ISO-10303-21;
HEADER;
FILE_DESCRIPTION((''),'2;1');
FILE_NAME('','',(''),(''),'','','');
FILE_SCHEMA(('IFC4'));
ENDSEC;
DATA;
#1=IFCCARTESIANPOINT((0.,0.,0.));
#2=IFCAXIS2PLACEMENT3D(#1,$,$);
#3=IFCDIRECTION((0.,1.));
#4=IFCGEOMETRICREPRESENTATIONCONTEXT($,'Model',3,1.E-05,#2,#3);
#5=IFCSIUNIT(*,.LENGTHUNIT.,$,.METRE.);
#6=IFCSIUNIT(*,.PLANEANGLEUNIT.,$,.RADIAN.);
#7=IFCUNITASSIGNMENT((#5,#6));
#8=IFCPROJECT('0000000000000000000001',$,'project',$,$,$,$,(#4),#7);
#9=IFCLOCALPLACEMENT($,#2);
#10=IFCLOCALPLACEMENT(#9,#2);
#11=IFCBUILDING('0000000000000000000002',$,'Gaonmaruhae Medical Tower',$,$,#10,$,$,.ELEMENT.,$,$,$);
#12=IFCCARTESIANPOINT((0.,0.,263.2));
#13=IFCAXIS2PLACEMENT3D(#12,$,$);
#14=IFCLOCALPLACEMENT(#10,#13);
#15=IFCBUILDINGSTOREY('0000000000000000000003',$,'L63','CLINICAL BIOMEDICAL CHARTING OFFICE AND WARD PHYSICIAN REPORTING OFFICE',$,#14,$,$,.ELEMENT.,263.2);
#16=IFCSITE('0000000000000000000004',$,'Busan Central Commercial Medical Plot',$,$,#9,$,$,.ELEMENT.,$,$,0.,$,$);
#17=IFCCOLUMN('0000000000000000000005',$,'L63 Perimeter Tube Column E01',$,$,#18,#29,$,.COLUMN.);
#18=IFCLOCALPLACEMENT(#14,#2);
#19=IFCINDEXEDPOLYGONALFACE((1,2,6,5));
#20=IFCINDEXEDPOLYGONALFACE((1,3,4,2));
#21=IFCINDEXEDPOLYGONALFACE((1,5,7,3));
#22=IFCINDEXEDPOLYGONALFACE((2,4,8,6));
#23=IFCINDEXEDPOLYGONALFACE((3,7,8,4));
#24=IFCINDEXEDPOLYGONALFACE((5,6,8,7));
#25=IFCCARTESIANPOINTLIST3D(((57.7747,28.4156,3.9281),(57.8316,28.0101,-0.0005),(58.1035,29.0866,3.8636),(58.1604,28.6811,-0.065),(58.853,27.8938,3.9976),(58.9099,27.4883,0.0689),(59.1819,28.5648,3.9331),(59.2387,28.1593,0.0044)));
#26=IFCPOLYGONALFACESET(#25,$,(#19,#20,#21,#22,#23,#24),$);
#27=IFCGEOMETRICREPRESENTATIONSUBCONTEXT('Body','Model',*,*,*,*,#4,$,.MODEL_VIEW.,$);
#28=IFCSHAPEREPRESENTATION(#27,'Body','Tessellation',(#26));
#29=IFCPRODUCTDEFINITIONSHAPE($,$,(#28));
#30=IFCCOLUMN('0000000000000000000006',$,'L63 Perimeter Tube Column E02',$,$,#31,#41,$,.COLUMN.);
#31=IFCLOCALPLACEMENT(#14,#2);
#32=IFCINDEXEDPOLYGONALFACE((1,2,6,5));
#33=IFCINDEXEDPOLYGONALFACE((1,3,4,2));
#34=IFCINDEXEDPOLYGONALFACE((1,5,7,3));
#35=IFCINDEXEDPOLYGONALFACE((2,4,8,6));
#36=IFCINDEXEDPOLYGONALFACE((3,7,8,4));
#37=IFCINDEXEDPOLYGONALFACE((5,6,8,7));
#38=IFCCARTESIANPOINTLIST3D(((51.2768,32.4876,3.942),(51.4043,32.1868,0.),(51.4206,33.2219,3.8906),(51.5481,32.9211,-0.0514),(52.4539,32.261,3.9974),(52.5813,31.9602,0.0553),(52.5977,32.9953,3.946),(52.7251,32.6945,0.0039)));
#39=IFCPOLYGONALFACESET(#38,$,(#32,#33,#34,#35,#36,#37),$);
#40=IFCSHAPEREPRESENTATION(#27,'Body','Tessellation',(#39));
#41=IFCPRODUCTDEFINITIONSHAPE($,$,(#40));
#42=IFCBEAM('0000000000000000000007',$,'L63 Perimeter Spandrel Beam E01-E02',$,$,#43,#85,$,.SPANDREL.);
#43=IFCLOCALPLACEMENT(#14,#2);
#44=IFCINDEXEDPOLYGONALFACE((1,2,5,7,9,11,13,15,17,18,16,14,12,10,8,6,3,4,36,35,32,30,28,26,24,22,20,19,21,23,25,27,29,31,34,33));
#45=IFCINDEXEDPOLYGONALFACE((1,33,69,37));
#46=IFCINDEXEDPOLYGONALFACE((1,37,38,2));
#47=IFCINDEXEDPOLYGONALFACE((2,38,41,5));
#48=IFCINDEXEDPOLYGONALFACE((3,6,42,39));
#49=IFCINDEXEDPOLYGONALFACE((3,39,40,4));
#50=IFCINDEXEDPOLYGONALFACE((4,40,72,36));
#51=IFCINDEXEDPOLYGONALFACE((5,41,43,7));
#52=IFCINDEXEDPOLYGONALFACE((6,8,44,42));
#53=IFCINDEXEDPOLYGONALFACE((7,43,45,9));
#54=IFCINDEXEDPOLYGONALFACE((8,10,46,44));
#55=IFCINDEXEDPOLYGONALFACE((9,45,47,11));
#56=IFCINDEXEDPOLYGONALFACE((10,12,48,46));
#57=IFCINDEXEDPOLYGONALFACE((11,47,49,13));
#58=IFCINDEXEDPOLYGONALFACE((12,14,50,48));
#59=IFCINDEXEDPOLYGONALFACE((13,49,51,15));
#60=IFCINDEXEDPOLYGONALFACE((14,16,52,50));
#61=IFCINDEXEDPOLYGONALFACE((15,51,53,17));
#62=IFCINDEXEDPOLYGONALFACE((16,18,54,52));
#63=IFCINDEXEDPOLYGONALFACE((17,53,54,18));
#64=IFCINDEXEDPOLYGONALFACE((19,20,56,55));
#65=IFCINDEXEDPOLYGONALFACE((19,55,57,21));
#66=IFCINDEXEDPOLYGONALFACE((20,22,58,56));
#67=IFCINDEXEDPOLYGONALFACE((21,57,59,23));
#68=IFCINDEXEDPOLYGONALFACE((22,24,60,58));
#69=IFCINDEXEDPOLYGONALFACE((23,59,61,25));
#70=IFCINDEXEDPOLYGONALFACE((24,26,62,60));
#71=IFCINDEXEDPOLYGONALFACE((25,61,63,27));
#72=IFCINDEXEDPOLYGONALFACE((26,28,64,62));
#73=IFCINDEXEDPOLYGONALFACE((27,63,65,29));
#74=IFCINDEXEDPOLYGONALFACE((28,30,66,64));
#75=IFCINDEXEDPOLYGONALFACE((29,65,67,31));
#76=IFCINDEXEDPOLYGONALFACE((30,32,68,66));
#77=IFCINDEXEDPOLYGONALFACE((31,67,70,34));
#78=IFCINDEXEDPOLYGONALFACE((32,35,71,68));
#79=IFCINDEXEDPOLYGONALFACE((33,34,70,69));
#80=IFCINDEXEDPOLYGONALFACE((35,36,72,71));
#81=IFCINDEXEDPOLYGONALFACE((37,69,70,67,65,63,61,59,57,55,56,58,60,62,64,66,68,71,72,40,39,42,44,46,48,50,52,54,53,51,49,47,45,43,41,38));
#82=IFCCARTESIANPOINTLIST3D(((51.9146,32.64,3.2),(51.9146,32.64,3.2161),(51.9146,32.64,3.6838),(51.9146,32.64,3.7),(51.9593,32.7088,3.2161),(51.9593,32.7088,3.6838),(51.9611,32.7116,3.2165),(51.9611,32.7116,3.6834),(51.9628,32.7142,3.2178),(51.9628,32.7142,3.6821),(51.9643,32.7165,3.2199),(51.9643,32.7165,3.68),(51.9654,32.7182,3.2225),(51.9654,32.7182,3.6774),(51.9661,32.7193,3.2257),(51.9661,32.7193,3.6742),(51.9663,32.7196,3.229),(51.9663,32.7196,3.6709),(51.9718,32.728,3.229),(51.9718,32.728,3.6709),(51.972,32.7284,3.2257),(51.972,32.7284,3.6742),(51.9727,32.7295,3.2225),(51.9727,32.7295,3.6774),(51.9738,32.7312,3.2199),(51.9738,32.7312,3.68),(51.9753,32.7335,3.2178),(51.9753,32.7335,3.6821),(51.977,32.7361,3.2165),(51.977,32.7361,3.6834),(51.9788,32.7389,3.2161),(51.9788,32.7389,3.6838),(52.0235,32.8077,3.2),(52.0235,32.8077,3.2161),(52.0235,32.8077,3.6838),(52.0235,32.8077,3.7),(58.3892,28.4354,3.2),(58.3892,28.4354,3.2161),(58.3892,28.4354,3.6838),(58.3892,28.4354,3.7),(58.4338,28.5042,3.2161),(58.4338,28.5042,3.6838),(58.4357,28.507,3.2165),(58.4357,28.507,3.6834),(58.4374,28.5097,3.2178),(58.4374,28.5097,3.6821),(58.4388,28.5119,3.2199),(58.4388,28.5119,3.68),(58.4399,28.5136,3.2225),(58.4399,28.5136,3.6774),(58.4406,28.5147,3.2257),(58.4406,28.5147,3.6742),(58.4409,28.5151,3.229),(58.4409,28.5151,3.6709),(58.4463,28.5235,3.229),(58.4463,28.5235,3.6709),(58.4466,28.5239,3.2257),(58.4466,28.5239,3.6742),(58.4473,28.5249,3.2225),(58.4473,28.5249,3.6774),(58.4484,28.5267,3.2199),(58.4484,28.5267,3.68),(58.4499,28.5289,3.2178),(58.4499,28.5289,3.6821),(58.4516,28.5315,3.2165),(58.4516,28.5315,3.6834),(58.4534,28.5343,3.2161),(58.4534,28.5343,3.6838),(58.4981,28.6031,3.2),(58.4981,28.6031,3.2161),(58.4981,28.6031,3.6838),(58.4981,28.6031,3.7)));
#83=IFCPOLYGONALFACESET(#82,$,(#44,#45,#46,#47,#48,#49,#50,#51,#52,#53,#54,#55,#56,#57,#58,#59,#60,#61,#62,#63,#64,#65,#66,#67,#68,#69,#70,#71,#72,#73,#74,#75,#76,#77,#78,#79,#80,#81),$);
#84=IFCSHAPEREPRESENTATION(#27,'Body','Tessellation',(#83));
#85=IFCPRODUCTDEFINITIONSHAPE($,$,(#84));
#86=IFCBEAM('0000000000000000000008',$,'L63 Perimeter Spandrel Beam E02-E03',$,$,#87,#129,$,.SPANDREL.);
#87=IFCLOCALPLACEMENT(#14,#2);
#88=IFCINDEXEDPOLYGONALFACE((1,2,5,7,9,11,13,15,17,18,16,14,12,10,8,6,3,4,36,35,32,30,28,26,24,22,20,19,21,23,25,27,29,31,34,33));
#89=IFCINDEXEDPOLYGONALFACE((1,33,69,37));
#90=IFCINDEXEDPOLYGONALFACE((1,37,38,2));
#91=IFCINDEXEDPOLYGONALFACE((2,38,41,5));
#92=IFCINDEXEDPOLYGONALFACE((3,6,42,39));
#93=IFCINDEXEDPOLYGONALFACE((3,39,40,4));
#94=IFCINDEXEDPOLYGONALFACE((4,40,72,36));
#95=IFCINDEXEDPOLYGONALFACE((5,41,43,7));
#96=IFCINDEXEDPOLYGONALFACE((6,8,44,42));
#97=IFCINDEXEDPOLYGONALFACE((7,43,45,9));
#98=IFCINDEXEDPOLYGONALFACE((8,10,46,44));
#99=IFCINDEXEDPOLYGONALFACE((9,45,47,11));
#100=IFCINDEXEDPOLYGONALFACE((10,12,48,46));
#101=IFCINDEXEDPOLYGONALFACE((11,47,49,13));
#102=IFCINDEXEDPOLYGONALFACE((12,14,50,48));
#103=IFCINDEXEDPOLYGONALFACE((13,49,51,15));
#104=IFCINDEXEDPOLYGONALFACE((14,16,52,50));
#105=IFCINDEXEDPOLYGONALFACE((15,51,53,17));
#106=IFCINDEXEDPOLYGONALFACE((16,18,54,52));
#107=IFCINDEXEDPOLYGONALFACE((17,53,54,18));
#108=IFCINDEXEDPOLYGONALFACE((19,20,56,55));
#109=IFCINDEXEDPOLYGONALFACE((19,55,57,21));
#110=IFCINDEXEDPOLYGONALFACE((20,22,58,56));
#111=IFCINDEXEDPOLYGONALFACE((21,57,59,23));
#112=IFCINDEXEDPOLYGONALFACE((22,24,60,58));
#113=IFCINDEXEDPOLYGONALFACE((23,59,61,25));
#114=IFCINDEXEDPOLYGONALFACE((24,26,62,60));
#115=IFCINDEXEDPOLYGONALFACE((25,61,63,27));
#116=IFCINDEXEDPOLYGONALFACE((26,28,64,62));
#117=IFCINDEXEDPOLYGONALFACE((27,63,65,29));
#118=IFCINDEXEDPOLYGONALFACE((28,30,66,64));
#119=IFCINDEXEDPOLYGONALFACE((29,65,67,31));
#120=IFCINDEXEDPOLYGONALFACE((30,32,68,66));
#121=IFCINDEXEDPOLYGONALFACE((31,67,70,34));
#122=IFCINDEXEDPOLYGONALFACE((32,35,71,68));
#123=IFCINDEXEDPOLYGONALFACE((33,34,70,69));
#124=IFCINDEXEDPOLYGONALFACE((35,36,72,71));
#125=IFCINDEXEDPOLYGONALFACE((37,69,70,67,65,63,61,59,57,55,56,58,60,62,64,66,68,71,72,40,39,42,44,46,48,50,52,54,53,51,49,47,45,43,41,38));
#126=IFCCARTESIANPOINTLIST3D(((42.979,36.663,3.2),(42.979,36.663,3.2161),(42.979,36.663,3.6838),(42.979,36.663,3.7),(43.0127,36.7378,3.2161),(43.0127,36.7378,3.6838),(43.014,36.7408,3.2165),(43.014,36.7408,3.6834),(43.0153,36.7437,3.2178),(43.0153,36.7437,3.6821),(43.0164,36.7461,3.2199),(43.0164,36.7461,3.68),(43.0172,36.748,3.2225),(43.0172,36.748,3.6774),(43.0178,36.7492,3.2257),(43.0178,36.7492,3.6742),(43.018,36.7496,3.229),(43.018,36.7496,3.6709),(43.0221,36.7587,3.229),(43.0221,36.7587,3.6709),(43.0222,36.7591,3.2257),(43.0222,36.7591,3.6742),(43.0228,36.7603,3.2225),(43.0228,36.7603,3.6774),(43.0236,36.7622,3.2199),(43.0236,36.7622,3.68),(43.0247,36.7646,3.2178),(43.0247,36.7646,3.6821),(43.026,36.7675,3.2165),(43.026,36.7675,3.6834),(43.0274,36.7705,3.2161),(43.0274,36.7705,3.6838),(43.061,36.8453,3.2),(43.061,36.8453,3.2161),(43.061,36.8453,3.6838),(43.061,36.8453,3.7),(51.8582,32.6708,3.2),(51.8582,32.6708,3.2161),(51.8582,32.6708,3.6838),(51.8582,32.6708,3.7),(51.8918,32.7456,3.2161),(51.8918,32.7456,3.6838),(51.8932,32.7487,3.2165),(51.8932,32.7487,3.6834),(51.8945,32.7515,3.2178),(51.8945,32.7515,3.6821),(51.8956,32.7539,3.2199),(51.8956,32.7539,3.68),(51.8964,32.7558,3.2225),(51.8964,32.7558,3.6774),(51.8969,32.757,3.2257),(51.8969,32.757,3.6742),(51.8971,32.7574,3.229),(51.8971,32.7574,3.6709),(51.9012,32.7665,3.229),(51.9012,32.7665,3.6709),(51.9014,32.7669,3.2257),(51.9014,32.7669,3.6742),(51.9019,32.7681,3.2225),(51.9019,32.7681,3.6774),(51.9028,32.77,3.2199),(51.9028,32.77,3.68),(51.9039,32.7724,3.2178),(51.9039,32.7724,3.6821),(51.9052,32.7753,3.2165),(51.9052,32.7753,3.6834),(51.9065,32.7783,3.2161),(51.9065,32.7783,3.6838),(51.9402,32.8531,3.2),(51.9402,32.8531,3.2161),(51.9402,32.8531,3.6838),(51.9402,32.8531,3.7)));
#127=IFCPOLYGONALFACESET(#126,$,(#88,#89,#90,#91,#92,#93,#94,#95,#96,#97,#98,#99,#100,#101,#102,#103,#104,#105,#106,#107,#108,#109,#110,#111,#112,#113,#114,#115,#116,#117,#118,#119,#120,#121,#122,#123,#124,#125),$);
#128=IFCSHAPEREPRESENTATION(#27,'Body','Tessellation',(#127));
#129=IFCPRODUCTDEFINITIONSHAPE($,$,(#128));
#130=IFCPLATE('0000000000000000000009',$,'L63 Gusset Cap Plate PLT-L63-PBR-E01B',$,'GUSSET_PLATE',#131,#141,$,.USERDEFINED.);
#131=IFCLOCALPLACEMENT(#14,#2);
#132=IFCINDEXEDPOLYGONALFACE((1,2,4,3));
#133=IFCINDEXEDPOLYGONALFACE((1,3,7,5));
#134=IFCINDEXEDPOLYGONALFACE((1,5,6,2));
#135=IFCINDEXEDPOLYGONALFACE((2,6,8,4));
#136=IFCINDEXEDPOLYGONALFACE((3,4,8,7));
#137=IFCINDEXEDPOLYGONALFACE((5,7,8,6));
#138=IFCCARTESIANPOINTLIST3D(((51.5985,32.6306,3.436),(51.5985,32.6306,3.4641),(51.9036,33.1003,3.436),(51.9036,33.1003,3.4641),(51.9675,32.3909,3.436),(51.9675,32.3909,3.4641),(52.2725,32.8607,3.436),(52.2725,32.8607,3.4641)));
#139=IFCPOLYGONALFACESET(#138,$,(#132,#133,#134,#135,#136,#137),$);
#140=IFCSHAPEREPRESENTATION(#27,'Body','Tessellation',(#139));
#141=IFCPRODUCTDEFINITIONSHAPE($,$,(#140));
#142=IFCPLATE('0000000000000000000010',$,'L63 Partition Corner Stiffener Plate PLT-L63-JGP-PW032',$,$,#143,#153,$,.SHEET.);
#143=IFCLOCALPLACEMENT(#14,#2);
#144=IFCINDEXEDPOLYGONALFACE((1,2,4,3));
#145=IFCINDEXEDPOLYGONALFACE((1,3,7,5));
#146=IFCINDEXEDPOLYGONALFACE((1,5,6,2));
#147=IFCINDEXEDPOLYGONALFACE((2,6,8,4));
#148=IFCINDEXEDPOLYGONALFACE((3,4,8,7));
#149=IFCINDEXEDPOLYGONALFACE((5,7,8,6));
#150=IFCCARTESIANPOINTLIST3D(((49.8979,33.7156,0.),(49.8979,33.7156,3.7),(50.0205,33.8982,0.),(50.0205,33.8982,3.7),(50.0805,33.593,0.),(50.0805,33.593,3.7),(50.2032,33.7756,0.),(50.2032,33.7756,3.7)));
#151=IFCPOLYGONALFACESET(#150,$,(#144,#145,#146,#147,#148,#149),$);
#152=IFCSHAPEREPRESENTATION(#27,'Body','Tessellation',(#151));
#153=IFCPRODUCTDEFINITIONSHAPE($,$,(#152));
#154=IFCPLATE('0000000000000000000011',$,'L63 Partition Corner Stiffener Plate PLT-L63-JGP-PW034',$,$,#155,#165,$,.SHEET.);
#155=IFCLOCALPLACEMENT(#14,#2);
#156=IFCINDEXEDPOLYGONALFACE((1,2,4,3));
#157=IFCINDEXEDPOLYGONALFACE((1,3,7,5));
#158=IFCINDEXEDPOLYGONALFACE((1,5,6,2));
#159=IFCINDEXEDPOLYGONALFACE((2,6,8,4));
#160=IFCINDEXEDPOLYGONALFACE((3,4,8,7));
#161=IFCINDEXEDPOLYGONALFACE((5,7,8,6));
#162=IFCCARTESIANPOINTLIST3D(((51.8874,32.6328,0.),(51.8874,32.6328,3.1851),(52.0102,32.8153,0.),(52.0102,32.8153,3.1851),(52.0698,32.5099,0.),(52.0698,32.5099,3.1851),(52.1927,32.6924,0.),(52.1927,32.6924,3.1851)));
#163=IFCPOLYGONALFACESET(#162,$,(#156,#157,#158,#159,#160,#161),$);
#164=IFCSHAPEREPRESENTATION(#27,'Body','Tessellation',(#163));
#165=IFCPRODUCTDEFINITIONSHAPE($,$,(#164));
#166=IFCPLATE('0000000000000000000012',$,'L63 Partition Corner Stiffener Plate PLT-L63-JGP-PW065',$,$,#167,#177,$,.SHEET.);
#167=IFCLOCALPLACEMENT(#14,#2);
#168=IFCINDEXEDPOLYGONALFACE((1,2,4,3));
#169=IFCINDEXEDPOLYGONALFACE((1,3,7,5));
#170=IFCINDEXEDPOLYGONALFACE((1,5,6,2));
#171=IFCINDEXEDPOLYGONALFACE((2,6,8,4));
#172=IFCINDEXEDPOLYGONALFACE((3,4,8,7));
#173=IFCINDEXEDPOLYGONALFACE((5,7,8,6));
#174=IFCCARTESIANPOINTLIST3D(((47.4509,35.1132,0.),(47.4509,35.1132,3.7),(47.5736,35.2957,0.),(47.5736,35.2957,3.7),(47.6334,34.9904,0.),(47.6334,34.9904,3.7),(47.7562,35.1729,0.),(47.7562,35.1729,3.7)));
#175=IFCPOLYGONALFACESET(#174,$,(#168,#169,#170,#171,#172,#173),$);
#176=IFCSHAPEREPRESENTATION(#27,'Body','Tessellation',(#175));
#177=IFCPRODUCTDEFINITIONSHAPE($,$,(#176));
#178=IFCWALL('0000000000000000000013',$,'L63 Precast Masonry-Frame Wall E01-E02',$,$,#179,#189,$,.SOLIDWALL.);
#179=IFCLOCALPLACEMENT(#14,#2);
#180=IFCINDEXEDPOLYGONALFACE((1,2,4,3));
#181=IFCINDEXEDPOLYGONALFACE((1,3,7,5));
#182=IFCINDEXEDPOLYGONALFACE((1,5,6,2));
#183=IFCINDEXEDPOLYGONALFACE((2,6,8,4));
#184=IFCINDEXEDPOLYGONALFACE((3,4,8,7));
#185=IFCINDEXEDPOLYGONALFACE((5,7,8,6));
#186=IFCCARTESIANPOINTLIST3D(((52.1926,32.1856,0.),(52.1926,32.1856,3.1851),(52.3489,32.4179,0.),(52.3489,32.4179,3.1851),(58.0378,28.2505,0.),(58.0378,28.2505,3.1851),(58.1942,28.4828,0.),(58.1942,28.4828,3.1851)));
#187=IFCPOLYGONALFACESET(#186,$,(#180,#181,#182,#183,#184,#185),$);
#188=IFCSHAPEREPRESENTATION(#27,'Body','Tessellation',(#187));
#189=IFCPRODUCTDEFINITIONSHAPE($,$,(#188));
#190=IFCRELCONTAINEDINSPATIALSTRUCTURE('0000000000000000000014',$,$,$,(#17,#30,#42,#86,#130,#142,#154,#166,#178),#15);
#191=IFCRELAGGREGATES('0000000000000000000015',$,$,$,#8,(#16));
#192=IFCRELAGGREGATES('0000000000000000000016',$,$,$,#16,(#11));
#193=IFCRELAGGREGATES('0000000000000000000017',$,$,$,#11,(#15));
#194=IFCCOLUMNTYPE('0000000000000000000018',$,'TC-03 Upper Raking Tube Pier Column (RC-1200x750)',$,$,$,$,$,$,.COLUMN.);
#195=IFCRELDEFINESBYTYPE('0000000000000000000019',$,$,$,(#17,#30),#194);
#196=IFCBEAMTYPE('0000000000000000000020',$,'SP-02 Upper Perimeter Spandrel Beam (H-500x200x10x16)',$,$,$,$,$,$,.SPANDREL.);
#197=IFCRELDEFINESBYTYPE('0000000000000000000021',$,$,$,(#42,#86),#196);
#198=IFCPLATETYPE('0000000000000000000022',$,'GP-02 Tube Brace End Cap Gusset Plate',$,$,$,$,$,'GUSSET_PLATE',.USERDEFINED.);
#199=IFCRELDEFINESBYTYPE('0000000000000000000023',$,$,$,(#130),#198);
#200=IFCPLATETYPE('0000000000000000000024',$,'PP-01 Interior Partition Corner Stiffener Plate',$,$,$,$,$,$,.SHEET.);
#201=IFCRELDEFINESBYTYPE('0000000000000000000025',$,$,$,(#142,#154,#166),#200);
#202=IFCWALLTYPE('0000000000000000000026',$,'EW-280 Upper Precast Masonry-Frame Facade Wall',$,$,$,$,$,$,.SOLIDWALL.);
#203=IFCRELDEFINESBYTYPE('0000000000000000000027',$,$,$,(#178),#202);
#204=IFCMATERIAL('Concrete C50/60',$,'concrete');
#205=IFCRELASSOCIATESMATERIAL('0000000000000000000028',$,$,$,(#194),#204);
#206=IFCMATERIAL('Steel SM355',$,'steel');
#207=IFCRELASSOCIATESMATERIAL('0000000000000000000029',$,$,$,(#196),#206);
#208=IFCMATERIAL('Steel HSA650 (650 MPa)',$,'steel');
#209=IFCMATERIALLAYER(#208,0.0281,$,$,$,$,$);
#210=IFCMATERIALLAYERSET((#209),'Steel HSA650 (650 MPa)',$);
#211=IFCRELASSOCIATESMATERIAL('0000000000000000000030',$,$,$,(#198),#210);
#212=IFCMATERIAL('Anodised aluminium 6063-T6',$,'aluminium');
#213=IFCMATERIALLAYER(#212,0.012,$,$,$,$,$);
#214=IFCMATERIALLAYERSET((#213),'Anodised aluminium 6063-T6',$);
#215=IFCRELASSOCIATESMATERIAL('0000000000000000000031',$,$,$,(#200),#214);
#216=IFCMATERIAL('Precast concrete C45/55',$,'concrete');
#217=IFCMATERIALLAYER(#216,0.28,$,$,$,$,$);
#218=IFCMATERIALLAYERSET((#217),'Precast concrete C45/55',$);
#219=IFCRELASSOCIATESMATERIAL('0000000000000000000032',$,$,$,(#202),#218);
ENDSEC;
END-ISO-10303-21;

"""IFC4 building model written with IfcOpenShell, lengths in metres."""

from ifc_helpers import new_model, si_unit, direction, frame, frame_2d, origin, origin_2d, place, context, subcontext, project, spatial, rectangle, i_section, extrude, material, layer, layer_set, material_profile, profile_set, type_object, element, save


model = new_model("IFC4")

# Units and contexts
model_context = context("Model", 3, precision=1e-05, world=origin(), true_north=direction((0.0, 1.0)))
body_context = subcontext(model_context, "Body", "Model", "MODEL_VIEW")
ifc_project = project(units=[si_unit("LENGTHUNIT", "METRE"), si_unit("PLANEANGLEUNIT", "RADIAN")], contexts=[model_context])

# Site, building, storey
site_placement = place(None, origin())
site = spatial("IfcSite", under=ifc_project, at=site_placement, Name="Busan Central Commercial Medical Plot", CompositionType="ELEMENT", RefElevation=0.0)
building_placement = place(site_placement, origin())
building = spatial("IfcBuilding", under=site, at=building_placement, Name="Gaonmaruhae Medical Tower", CompositionType="ELEMENT")
storey_placement = place(building_placement, frame((0.0, 0.0, 263.2)))
storey = spatial("IfcBuildingStorey", under=building, at=storey_placement, Name="L63", Description="CLINICAL BIOMEDICAL CHARTING OFFICE AND WARD PHYSICIAN REPORTING OFFICE", CompositionType="ELEMENT", Elevation=263.2)

# Columns
ifc_material_1 = material(Name="Concrete C50/60", Category="concrete")
ifc_material_profile_1 = material_profile(ifc_material_1, rectangle(XDim=1.2, YDim=0.75, at=origin_2d()), Name="RC-1200x750")
ifc_profile_set_1 = profile_set([ifc_material_profile_1], Name="Concrete C50/60")
column_type = type_object("IfcColumnType", Name="TC-03 Upper Raking Tube Pier Column (RC-1200x750)", PredefinedType="COLUMN", material=ifc_profile_set_1)
column_1_placement = place(storey_placement, frame((58.5352, 28.0847, 0.002), z_axis=(-0.014401, 0.102663, 0.994612), x_axis=(0.898645, -0.434839, 0.057895)))
element("IfcColumn", 1, at=column_1_placement, inside=storey, type_object=column_type, Name="L63 Perimeter Tube Column E01", PredefinedType="COLUMN", context=body_context, shape_type="SweptSolid", body=[
    extrude(rectangle(XDim=1.2, YDim=0.75, at=origin_2d()), origin(), (0.0, 0.0, 1.0), 3.95),
])
column_2_placement = place(storey_placement, frame((52.0647, 32.4407, 0.002), z_axis=(-0.032218, 0.076038, 0.996584), x_axis=(0.980924, -0.188839, 0.04612)))
element("IfcColumn", 2, at=column_2_placement, inside=storey, type_object=column_type, Name="L63 Perimeter Tube Column E02", PredefinedType="COLUMN", context=body_context, shape_type="SweptSolid", body=[
    extrude(rectangle(XDim=1.2, YDim=0.75, at=origin_2d()), origin(), (0.0, 0.0, 1.0), 3.9556),
])

# Beams
ifc_material_2 = material(Name="Steel SM355", Category="steel")
ifc_material_profile_2 = material_profile(ifc_material_2, i_section(OverallWidth=0.2, OverallDepth=0.5, WebThickness=0.01, FlangeThickness=0.0161, FilletRadius=0.0129, at=origin_2d()), Name="H-500x200x10x16")
ifc_profile_set_2 = profile_set([ifc_material_profile_2], Name="Steel SM355")
beam_type = type_object("IfcBeamType", Name="SP-02 Upper Perimeter Spandrel Beam (H-500x200x10x16)", PredefinedType="SPANDREL", material=ifc_profile_set_2)
beam_1_placement = place(storey_placement, frame((58.4436, 28.5193, 3.45), z_axis=(-0.838675, 0.544633, 0.0), x_axis=(-0.544633, -0.838675, 0.0)))
element("IfcBeam", 3, at=beam_1_placement, inside=storey, type_object=beam_type, Name="L63 Perimeter Spandrel Beam E01-E02", PredefinedType="SPANDREL", context=body_context, shape_type="SweptSolid", body=[
    extrude(i_section(OverallWidth=0.2, OverallDepth=0.5, WebThickness=0.01, FlangeThickness=0.0161, FilletRadius=0.0129, at=origin_2d()), origin(), (0.0, 0.0, 1.0), 7.72),
])
beam_2_placement = place(storey_placement, frame((51.8992, 32.762, 3.45), z_axis=(-0.912053, 0.410072, 0.0), x_axis=(-0.410072, -0.912053, 0.0)))
element("IfcBeam", 4, at=beam_2_placement, inside=storey, type_object=beam_type, Name="L63 Perimeter Spandrel Beam E02-E03", PredefinedType="SPANDREL", context=body_context, shape_type="SweptSolid", body=[
    extrude(i_section(OverallWidth=0.2, OverallDepth=0.5, WebThickness=0.01, FlangeThickness=0.0161, FilletRadius=0.0129, at=origin_2d()), origin(), (0.0, 0.0, 1.0), 9.7354),
])

# Plates
ifc_material_3 = material(Name="Steel HSA650 (650 MPa)", Category="steel")
ifc_layer_1 = layer(ifc_material_3, 0.0281)
ifc_layer_set_1 = layer_set([ifc_layer_1], Name="Steel HSA650 (650 MPa)")
plate_type_1 = type_object("IfcPlateType", Name="GP-02 Tube Brace End Cap Gusset Plate", ElementType="GUSSET_PLATE", PredefinedType="USERDEFINED", material=ifc_layer_set_1)
plate_1_placement = place(storey_placement, frame((51.9355, 32.7456, 3.436), z_axis=(0.0, 0.0, 1.0), x_axis=(0.544639, 0.838671, 0.0)))
element("IfcPlate", 5, at=plate_1_placement, inside=storey, type_object=plate_type_1, Name="L63 Gusset Cap Plate PLT-L63-PBR-E01B", ObjectType="GUSSET_PLATE", PredefinedType="USERDEFINED", context=body_context, shape_type="SweptSolid", body=[
    extrude(rectangle(XDim=0.5601, YDim=0.4399, at=origin_2d()), origin(), (0.0, 0.0, 1.0), 0.0281),
])
ifc_material_4 = material(Name="Anodised aluminium 6063-T6", Category="aluminium")
ifc_layer_2 = layer(ifc_material_4, 0.012)
ifc_layer_set_2 = layer_set([ifc_layer_2], Name="Anodised aluminium 6063-T6")
plate_type_2 = type_object("IfcPlateType", Name="PP-01 Interior Partition Corner Stiffener Plate", PredefinedType="SHEET", material=ifc_layer_set_2)
plate_2_placement = place(storey_placement, frame((50.0505, 33.7456, 0.0), z_axis=(0.0, 0.0, 1.0), x_axis=(0.557412, 0.830236, 0.0)))
element("IfcPlate", 6, at=plate_2_placement, inside=storey, type_object=plate_type_2, Name="L63 Partition Corner Stiffener Plate PLT-L63-JGP-PW032", PredefinedType="SHEET", context=body_context, shape_type="SweptSolid", body=[
    extrude(rectangle(XDim=0.22, YDim=0.22, at=origin_2d()), origin(), (0.0, 0.0, 1.0), 3.7),
])
plate_3_placement = place(storey_placement, frame((52.04, 32.6626, 0.0), z_axis=(0.0, 0.0, 1.0), x_axis=(0.829496, -0.558513, 0.0)))
element("IfcPlate", 7, at=plate_3_placement, inside=storey, type_object=plate_type_2, Name="L63 Partition Corner Stiffener Plate PLT-L63-JGP-PW034", PredefinedType="SHEET", context=body_context, shape_type="SweptSolid", body=[
    extrude(rectangle(XDim=0.22, YDim=0.22, at=origin_2d()), origin(), (0.0, 0.0, 1.0), 3.1851),
])
plate_4_placement = place(storey_placement, frame((47.6035, 35.1431, 0.0), z_axis=(0.0, 0.0, 1.0), x_axis=(-0.558107, -0.829769, 0.0)))
element("IfcPlate", 8, at=plate_4_placement, inside=storey, type_object=plate_type_2, Name="L63 Partition Corner Stiffener Plate PLT-L63-JGP-PW065", PredefinedType="SHEET", context=body_context, shape_type="SweptSolid", body=[
    extrude(rectangle(XDim=0.22, YDim=0.22, at=origin_2d()), origin(), (0.0, 0.0, 1.0), 3.7),
])

# Wall
ifc_material_5 = material(Name="Precast concrete C45/55", Category="concrete")
ifc_layer_3 = layer(ifc_material_5, 0.28)
ifc_layer_set_3 = layer_set([ifc_layer_3], Name="Precast concrete C45/55")
wall_type_1 = type_object("IfcWallType", Name="EW-280 Upper Precast Masonry-Frame Facade Wall", PredefinedType="SOLIDWALL", material=ifc_layer_set_3)
wall_1_placement = place(storey_placement, frame((52.2708, 32.3018, 0.0), z_axis=(0.0, 0.0, 1.0), x_axis=(0.829537, -0.558452, 0.0)))
element("IfcWall", 9, at=wall_1_placement, inside=storey, type_object=wall_type_1, Name="L63 Precast Masonry-Frame Wall E01-E02", PredefinedType="SOLIDWALL", context=body_context, shape_type="SweptSolid", body=[
    extrude(rectangle(XDim=7.0464, YDim=0.28, at=frame_2d((3.5232, 0.0))), origin(), (0.0, 0.0, 1.0), 3.1851),
])

save(model, "model.ifc")
